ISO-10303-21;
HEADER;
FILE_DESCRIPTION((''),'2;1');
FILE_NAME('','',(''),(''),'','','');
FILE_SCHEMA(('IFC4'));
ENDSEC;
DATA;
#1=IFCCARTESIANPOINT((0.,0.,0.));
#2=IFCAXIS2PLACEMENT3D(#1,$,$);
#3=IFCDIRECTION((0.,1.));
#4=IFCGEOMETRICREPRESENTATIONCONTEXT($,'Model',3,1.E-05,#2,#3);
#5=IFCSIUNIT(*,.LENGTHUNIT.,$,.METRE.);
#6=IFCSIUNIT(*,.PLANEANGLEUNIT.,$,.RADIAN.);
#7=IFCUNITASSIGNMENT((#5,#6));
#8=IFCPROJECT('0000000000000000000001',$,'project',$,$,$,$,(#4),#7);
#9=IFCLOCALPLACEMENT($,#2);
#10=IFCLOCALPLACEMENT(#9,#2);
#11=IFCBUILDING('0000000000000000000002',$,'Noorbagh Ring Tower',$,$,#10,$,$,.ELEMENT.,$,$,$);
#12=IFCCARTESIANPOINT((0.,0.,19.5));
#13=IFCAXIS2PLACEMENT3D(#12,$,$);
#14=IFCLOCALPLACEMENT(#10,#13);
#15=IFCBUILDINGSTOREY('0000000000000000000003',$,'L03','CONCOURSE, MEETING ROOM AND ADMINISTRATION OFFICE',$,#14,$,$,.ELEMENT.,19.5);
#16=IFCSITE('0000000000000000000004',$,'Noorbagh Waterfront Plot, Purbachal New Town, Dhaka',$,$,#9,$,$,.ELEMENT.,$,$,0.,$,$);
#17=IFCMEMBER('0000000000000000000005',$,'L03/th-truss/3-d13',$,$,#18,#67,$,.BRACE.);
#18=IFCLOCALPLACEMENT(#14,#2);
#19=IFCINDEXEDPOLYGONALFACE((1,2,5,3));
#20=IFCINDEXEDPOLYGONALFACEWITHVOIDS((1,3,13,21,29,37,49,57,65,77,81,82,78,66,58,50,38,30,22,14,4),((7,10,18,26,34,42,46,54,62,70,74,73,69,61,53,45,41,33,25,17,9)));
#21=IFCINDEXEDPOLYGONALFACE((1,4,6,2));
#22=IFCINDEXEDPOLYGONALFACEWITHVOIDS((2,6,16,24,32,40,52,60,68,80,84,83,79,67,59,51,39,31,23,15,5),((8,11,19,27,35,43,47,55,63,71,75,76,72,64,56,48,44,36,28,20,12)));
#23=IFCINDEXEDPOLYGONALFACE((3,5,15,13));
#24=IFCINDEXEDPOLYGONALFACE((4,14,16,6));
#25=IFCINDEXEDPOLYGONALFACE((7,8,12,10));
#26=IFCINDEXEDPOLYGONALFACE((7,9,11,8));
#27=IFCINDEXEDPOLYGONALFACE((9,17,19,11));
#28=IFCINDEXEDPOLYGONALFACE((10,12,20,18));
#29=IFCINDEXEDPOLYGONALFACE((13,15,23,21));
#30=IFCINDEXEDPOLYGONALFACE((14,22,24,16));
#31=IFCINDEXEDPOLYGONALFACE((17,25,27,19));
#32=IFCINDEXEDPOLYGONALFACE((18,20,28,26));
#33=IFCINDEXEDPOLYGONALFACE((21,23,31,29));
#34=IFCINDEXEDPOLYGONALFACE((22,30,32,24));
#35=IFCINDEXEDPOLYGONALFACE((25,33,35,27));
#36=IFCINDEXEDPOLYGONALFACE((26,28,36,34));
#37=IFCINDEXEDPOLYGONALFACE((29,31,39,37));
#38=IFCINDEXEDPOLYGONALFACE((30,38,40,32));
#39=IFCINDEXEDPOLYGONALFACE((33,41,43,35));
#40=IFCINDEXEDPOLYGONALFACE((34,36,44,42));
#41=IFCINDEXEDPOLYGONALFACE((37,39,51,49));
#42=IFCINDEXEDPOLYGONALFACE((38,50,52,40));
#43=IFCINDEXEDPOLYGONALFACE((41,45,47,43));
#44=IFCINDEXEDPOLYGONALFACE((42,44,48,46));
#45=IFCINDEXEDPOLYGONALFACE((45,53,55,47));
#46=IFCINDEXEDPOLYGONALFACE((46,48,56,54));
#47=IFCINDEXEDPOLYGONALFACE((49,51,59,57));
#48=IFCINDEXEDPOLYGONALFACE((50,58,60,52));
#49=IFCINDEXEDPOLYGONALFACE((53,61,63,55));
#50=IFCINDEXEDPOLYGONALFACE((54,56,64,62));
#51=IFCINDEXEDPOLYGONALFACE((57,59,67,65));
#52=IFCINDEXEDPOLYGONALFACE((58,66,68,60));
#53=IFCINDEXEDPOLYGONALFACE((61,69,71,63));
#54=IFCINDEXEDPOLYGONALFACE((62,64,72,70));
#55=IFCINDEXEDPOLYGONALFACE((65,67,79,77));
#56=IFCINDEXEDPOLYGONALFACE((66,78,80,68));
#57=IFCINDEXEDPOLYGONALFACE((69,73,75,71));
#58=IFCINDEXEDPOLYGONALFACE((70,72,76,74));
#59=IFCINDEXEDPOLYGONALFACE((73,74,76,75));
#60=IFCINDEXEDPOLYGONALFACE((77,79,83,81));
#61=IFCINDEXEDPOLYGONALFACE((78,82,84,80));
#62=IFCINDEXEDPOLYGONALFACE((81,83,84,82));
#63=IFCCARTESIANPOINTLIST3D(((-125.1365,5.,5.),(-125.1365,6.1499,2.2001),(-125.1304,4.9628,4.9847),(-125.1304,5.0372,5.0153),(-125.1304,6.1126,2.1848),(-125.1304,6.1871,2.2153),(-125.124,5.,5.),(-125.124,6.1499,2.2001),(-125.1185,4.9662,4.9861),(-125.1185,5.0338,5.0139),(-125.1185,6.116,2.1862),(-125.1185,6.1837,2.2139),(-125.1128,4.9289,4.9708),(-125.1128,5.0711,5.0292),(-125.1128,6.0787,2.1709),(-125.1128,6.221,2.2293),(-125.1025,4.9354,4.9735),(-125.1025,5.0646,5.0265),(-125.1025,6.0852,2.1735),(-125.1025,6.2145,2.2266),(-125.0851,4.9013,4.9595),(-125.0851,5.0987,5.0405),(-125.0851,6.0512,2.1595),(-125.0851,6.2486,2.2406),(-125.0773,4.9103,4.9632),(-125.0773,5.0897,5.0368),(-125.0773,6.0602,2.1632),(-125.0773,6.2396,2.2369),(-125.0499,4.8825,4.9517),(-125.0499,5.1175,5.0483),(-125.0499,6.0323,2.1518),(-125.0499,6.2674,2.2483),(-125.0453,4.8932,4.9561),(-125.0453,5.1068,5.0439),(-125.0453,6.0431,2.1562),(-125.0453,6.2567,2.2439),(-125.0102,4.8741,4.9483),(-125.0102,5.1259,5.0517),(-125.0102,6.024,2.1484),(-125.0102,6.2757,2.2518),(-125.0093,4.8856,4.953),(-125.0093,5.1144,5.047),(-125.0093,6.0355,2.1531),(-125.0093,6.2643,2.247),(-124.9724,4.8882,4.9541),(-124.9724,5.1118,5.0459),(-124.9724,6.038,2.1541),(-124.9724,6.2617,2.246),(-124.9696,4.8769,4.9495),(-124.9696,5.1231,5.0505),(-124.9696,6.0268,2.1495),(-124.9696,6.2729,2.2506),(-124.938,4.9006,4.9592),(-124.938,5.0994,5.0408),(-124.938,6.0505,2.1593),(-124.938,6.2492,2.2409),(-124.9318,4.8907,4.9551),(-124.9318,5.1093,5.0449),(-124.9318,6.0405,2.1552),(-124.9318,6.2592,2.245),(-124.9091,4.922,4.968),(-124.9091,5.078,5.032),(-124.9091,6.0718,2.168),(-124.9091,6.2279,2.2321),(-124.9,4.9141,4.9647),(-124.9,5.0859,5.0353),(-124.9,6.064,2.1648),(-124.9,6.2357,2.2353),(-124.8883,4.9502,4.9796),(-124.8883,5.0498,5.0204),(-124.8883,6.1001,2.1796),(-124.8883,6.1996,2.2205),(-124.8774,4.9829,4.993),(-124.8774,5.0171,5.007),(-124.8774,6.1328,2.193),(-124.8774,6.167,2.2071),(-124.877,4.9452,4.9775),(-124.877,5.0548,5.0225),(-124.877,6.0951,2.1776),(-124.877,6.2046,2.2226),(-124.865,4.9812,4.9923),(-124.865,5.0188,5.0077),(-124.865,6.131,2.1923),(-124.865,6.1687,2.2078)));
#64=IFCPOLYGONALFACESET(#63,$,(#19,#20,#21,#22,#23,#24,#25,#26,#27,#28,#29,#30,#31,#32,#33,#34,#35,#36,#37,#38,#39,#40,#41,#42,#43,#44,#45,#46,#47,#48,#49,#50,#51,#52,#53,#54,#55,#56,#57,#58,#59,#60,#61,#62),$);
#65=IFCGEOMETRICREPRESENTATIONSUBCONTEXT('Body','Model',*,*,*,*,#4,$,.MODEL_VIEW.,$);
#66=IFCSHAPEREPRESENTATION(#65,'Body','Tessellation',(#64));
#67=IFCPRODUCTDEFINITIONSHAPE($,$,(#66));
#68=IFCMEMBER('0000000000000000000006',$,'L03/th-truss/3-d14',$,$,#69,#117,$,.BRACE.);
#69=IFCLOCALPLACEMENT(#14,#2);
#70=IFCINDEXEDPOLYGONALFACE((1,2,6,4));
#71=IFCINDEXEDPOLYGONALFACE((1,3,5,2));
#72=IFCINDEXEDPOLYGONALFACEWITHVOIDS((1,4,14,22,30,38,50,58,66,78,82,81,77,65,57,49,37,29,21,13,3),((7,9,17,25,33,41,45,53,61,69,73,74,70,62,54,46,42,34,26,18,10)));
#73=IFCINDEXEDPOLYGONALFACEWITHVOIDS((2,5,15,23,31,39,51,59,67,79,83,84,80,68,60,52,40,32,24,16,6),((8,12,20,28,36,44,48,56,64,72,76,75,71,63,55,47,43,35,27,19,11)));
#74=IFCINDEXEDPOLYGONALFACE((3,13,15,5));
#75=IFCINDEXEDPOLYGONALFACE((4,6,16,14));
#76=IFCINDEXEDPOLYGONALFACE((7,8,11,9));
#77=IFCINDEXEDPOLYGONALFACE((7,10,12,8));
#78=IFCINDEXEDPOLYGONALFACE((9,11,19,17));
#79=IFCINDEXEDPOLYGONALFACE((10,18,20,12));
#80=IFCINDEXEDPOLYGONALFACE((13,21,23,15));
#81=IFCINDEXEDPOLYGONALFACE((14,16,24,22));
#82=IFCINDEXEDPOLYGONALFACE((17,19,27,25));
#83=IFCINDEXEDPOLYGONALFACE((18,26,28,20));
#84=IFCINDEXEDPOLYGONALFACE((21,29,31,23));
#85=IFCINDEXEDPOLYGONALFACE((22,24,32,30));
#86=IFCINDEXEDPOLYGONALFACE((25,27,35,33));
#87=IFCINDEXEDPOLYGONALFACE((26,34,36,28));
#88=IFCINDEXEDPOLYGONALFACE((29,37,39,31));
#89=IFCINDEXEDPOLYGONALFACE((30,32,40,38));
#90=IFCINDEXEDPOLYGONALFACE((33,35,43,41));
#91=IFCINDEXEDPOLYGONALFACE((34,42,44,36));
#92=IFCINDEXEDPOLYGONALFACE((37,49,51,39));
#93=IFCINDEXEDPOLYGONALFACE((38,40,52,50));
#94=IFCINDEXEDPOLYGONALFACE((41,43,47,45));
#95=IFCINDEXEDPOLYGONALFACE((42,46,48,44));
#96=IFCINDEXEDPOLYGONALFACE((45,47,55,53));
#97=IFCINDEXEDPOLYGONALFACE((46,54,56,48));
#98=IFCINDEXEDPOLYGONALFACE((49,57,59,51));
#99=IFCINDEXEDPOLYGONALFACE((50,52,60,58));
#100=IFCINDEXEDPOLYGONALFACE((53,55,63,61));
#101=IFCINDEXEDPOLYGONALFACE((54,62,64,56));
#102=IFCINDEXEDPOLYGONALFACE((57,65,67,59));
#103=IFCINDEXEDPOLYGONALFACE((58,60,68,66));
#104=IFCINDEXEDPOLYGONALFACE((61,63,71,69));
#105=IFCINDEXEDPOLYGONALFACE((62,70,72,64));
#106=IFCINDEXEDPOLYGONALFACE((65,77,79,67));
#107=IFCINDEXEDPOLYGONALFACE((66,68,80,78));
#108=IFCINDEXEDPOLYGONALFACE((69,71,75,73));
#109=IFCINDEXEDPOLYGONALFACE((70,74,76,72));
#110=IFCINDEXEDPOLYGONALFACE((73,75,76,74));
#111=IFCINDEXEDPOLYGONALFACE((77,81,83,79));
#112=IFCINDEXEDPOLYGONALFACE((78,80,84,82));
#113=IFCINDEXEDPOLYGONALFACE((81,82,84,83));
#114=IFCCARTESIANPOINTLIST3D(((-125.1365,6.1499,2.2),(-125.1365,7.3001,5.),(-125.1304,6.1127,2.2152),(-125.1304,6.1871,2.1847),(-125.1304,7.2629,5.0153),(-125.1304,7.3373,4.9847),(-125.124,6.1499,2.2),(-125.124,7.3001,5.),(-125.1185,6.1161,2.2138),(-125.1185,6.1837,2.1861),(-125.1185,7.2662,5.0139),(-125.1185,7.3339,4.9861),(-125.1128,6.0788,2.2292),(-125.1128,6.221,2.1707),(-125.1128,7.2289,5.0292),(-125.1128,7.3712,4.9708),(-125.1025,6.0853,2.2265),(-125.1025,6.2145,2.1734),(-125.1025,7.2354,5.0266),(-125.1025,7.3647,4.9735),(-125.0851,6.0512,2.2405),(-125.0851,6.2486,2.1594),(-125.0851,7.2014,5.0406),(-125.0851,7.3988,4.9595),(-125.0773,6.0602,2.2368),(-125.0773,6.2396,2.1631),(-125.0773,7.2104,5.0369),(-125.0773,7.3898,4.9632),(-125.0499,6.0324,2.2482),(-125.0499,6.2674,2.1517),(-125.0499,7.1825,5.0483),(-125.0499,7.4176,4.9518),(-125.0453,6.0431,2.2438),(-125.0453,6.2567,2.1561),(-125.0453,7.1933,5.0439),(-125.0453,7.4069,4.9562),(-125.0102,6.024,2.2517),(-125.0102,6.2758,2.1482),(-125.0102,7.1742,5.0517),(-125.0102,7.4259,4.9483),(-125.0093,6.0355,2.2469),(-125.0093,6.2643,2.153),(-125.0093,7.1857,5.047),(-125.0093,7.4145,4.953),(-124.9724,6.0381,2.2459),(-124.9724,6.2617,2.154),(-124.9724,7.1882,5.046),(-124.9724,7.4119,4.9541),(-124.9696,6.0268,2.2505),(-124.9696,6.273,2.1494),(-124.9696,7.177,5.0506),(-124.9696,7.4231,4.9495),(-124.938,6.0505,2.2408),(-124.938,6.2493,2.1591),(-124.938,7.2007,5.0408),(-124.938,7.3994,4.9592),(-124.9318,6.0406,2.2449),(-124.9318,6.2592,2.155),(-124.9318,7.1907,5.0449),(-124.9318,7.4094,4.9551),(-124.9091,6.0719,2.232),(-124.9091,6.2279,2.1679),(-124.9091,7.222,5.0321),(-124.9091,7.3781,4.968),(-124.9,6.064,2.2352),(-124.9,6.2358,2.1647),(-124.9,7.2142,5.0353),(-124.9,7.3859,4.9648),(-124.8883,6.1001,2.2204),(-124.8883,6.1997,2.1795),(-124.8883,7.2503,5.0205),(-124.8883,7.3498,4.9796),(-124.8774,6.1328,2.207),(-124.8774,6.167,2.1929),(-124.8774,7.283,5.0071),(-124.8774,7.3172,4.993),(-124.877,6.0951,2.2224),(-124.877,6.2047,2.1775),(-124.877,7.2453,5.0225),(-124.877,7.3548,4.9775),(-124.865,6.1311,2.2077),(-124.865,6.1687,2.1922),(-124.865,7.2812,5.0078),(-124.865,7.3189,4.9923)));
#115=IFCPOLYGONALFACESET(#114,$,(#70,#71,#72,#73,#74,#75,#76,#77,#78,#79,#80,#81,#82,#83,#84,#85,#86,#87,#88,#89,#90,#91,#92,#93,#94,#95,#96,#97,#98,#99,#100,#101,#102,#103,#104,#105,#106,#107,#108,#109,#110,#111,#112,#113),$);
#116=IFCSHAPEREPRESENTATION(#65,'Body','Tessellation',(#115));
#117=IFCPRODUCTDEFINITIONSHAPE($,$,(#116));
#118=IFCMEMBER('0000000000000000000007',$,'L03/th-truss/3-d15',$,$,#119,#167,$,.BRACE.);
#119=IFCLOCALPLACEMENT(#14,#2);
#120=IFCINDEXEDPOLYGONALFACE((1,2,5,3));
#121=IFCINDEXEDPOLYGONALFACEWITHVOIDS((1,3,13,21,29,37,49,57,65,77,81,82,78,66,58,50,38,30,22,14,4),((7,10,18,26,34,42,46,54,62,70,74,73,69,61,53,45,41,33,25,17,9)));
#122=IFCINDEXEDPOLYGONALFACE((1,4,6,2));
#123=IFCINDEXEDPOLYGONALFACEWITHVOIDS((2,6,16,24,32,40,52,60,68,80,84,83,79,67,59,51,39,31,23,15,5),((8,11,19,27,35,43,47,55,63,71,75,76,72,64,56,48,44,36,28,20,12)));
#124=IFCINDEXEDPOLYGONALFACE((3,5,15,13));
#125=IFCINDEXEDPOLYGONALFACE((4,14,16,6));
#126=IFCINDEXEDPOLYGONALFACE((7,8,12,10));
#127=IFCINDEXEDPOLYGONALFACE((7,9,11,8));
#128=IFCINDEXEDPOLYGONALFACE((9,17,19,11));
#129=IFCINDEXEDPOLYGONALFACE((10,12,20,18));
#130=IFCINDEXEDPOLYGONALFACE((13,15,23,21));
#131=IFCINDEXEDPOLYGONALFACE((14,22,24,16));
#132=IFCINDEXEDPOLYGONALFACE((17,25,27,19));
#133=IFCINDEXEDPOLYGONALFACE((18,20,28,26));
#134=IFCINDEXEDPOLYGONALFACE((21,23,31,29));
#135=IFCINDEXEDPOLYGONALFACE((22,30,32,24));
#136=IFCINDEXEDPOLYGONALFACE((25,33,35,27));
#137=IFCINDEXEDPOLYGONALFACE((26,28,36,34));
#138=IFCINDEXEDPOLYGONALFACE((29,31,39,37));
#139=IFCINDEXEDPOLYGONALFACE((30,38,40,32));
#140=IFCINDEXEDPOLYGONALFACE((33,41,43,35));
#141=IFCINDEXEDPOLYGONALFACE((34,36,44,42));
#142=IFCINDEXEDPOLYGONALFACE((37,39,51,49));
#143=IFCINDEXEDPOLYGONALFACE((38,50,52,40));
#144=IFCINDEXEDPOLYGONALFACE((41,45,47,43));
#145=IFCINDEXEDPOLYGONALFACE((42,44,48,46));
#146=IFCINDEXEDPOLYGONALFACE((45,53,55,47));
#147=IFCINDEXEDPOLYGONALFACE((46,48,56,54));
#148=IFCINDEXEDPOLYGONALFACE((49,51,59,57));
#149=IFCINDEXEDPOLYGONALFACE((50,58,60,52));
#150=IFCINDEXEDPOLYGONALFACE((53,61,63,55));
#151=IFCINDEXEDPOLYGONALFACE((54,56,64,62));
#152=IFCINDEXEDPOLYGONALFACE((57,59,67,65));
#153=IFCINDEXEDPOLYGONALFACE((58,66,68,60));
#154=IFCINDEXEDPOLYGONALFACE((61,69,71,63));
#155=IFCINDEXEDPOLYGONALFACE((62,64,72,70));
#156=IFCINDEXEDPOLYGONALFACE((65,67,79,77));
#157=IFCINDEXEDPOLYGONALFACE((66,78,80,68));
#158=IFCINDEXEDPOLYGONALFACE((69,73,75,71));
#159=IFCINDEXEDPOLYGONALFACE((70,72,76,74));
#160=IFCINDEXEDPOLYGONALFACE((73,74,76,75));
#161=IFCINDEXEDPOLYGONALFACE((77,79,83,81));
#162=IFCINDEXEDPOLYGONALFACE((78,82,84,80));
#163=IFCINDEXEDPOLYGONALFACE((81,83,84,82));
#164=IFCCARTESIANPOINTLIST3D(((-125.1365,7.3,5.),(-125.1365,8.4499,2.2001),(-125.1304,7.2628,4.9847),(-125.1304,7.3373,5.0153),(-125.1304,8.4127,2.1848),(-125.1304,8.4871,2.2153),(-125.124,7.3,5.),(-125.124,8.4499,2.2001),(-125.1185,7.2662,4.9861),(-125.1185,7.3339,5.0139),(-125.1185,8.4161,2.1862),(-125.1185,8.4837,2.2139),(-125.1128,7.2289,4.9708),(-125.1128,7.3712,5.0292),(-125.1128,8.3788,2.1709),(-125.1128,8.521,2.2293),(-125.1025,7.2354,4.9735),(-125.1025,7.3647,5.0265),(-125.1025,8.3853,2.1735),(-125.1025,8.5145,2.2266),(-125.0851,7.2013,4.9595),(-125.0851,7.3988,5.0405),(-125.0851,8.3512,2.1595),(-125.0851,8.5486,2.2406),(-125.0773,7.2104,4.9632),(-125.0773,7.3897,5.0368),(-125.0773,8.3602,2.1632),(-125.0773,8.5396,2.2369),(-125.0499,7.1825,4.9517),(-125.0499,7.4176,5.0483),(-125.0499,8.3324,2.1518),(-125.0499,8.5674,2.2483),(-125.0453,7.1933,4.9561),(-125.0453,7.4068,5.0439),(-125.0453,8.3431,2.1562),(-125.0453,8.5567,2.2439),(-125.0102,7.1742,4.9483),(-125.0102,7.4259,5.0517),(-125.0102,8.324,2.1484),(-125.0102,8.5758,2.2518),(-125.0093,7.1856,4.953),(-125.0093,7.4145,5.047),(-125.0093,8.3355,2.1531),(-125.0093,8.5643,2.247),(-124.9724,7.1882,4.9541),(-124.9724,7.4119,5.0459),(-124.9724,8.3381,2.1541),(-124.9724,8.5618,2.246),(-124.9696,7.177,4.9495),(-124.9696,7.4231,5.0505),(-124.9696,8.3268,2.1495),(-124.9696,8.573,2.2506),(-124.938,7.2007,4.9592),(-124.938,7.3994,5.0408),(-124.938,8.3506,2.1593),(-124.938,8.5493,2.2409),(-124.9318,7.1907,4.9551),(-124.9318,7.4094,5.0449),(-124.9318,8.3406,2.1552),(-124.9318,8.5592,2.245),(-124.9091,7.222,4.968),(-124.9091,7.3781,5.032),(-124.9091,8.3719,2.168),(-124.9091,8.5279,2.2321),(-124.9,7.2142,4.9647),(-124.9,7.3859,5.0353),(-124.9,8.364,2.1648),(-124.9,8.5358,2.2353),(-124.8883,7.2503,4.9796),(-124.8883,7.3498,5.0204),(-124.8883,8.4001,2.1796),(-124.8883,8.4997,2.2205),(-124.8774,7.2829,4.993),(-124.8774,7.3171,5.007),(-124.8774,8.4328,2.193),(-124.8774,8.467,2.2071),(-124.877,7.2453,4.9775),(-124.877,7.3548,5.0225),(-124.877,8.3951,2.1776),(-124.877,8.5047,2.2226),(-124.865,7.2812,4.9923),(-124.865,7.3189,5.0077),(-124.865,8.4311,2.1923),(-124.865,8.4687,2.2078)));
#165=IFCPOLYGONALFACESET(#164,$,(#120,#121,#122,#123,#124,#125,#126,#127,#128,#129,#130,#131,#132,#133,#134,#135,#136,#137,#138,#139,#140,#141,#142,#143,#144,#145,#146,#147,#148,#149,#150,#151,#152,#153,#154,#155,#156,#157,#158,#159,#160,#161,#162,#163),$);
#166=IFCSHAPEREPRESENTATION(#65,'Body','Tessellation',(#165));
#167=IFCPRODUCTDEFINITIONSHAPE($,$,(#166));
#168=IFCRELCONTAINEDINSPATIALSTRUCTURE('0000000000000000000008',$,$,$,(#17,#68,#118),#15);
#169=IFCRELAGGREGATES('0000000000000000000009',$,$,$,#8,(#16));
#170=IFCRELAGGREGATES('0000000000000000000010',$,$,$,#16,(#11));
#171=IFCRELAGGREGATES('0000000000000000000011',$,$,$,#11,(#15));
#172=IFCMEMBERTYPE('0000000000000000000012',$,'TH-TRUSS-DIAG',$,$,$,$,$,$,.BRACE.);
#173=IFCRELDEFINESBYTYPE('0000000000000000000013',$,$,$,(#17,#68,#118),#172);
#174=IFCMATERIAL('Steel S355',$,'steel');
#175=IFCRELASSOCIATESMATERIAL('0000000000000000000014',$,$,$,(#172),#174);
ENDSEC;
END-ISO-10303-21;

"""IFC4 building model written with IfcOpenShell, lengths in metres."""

from ifc_helpers import new_model, si_unit, direction, frame, origin, origin_2d, place, context, subcontext, project, spatial, hollow_circle, extrude, material, material_profile, profile_set, type_object, element, save


model = new_model("IFC4")

# Units and contexts
model_context = context("Model", 3, precision=1e-05, world=origin(), true_north=direction((0.0, 1.0)))
body_context = subcontext(model_context, "Body", "Model", "MODEL_VIEW")
ifc_project = project(units=[si_unit("LENGTHUNIT", "METRE"), si_unit("PLANEANGLEUNIT", "RADIAN")], contexts=[model_context])

# Site, building, storey
site_placement = place(None, origin())
site = spatial("IfcSite", under=ifc_project, at=site_placement, Name="Noorbagh Waterfront Plot, Purbachal New Town, Dhaka", CompositionType="ELEMENT", RefElevation=0.0)
building_placement = place(site_placement, origin())
building = spatial("IfcBuilding", under=site, at=building_placement, Name="Noorbagh Ring Tower", CompositionType="ELEMENT")
storey_placement = place(building_placement, frame((0.0, 0.0, 19.5)))
storey = spatial("IfcBuildingStorey", under=building, at=storey_placement, Name="L03", Description="CONCOURSE, MEETING ROOM AND ADMINISTRATION OFFICE", CompositionType="ELEMENT", Elevation=19.5)

# Members
ifc_material_1 = material(Name="Steel S355", Category="steel")
ifc_material_profile = material_profile(ifc_material_1, hollow_circle(Radius=0.1365, WallThickness=0.0125, at=origin_2d()), Name="CHS273x12.5")
ifc_profile_set = profile_set([ifc_material_profile], Name="Steel S355")
member_type = type_object("IfcMemberType", Name="TH-TRUSS-DIAG", PredefinedType="BRACE", material=ifc_profile_set)
for number, where, z_axis, x_axis, name in (
    (1, (-125.0, 5.0, 5.0), (0.0, 0.379886, -0.925033), (-1.0, 0.0, 0.0), "L03/th-truss/3-d13"),
):
    element("IfcMember", number, at=place(storey_placement, frame(where, z_axis=z_axis, x_axis=x_axis)), inside=storey, type_object=member_type, Name=name, PredefinedType="BRACE", context=body_context, shape_type="SweptSolid", body=[
        extrude(hollow_circle(Radius=0.1365, WallThickness=0.0125, at=origin_2d()), origin(), (0.0, 0.0, 1.0), 3.0269),
    ])
member_1_placement = place(storey_placement, frame((-125.0, 6.1499, 2.2), z_axis=(0.0, 0.379955, 0.925005), x_axis=(-1.0, 0.0, 0.0)))
element("IfcMember", 2, at=member_1_placement, inside=storey, type_object=member_type, Name="L03/th-truss/3-d14", PredefinedType="BRACE", context=body_context, shape_type="SweptSolid", body=[
    extrude(hollow_circle(Radius=0.1365, WallThickness=0.0125, at=origin_2d()), origin(), (0.0, 0.0, 1.0), 3.0271),
])
member_2_placement = place(storey_placement, frame((-125.0, 7.3, 5.0), z_axis=(0.0, 0.379886, -0.925033), x_axis=(-1.0, 0.0, 0.0)))
element("IfcMember", 3, at=member_2_placement, inside=storey, type_object=member_type, Name="L03/th-truss/3-d15", PredefinedType="BRACE", context=body_context, shape_type="SweptSolid", body=[
    extrude(hollow_circle(Radius=0.1365, WallThickness=0.0125, at=origin_2d()), origin(), (0.0, 0.0, 1.0), 3.0269),
])

save(model, "model.ifc")
